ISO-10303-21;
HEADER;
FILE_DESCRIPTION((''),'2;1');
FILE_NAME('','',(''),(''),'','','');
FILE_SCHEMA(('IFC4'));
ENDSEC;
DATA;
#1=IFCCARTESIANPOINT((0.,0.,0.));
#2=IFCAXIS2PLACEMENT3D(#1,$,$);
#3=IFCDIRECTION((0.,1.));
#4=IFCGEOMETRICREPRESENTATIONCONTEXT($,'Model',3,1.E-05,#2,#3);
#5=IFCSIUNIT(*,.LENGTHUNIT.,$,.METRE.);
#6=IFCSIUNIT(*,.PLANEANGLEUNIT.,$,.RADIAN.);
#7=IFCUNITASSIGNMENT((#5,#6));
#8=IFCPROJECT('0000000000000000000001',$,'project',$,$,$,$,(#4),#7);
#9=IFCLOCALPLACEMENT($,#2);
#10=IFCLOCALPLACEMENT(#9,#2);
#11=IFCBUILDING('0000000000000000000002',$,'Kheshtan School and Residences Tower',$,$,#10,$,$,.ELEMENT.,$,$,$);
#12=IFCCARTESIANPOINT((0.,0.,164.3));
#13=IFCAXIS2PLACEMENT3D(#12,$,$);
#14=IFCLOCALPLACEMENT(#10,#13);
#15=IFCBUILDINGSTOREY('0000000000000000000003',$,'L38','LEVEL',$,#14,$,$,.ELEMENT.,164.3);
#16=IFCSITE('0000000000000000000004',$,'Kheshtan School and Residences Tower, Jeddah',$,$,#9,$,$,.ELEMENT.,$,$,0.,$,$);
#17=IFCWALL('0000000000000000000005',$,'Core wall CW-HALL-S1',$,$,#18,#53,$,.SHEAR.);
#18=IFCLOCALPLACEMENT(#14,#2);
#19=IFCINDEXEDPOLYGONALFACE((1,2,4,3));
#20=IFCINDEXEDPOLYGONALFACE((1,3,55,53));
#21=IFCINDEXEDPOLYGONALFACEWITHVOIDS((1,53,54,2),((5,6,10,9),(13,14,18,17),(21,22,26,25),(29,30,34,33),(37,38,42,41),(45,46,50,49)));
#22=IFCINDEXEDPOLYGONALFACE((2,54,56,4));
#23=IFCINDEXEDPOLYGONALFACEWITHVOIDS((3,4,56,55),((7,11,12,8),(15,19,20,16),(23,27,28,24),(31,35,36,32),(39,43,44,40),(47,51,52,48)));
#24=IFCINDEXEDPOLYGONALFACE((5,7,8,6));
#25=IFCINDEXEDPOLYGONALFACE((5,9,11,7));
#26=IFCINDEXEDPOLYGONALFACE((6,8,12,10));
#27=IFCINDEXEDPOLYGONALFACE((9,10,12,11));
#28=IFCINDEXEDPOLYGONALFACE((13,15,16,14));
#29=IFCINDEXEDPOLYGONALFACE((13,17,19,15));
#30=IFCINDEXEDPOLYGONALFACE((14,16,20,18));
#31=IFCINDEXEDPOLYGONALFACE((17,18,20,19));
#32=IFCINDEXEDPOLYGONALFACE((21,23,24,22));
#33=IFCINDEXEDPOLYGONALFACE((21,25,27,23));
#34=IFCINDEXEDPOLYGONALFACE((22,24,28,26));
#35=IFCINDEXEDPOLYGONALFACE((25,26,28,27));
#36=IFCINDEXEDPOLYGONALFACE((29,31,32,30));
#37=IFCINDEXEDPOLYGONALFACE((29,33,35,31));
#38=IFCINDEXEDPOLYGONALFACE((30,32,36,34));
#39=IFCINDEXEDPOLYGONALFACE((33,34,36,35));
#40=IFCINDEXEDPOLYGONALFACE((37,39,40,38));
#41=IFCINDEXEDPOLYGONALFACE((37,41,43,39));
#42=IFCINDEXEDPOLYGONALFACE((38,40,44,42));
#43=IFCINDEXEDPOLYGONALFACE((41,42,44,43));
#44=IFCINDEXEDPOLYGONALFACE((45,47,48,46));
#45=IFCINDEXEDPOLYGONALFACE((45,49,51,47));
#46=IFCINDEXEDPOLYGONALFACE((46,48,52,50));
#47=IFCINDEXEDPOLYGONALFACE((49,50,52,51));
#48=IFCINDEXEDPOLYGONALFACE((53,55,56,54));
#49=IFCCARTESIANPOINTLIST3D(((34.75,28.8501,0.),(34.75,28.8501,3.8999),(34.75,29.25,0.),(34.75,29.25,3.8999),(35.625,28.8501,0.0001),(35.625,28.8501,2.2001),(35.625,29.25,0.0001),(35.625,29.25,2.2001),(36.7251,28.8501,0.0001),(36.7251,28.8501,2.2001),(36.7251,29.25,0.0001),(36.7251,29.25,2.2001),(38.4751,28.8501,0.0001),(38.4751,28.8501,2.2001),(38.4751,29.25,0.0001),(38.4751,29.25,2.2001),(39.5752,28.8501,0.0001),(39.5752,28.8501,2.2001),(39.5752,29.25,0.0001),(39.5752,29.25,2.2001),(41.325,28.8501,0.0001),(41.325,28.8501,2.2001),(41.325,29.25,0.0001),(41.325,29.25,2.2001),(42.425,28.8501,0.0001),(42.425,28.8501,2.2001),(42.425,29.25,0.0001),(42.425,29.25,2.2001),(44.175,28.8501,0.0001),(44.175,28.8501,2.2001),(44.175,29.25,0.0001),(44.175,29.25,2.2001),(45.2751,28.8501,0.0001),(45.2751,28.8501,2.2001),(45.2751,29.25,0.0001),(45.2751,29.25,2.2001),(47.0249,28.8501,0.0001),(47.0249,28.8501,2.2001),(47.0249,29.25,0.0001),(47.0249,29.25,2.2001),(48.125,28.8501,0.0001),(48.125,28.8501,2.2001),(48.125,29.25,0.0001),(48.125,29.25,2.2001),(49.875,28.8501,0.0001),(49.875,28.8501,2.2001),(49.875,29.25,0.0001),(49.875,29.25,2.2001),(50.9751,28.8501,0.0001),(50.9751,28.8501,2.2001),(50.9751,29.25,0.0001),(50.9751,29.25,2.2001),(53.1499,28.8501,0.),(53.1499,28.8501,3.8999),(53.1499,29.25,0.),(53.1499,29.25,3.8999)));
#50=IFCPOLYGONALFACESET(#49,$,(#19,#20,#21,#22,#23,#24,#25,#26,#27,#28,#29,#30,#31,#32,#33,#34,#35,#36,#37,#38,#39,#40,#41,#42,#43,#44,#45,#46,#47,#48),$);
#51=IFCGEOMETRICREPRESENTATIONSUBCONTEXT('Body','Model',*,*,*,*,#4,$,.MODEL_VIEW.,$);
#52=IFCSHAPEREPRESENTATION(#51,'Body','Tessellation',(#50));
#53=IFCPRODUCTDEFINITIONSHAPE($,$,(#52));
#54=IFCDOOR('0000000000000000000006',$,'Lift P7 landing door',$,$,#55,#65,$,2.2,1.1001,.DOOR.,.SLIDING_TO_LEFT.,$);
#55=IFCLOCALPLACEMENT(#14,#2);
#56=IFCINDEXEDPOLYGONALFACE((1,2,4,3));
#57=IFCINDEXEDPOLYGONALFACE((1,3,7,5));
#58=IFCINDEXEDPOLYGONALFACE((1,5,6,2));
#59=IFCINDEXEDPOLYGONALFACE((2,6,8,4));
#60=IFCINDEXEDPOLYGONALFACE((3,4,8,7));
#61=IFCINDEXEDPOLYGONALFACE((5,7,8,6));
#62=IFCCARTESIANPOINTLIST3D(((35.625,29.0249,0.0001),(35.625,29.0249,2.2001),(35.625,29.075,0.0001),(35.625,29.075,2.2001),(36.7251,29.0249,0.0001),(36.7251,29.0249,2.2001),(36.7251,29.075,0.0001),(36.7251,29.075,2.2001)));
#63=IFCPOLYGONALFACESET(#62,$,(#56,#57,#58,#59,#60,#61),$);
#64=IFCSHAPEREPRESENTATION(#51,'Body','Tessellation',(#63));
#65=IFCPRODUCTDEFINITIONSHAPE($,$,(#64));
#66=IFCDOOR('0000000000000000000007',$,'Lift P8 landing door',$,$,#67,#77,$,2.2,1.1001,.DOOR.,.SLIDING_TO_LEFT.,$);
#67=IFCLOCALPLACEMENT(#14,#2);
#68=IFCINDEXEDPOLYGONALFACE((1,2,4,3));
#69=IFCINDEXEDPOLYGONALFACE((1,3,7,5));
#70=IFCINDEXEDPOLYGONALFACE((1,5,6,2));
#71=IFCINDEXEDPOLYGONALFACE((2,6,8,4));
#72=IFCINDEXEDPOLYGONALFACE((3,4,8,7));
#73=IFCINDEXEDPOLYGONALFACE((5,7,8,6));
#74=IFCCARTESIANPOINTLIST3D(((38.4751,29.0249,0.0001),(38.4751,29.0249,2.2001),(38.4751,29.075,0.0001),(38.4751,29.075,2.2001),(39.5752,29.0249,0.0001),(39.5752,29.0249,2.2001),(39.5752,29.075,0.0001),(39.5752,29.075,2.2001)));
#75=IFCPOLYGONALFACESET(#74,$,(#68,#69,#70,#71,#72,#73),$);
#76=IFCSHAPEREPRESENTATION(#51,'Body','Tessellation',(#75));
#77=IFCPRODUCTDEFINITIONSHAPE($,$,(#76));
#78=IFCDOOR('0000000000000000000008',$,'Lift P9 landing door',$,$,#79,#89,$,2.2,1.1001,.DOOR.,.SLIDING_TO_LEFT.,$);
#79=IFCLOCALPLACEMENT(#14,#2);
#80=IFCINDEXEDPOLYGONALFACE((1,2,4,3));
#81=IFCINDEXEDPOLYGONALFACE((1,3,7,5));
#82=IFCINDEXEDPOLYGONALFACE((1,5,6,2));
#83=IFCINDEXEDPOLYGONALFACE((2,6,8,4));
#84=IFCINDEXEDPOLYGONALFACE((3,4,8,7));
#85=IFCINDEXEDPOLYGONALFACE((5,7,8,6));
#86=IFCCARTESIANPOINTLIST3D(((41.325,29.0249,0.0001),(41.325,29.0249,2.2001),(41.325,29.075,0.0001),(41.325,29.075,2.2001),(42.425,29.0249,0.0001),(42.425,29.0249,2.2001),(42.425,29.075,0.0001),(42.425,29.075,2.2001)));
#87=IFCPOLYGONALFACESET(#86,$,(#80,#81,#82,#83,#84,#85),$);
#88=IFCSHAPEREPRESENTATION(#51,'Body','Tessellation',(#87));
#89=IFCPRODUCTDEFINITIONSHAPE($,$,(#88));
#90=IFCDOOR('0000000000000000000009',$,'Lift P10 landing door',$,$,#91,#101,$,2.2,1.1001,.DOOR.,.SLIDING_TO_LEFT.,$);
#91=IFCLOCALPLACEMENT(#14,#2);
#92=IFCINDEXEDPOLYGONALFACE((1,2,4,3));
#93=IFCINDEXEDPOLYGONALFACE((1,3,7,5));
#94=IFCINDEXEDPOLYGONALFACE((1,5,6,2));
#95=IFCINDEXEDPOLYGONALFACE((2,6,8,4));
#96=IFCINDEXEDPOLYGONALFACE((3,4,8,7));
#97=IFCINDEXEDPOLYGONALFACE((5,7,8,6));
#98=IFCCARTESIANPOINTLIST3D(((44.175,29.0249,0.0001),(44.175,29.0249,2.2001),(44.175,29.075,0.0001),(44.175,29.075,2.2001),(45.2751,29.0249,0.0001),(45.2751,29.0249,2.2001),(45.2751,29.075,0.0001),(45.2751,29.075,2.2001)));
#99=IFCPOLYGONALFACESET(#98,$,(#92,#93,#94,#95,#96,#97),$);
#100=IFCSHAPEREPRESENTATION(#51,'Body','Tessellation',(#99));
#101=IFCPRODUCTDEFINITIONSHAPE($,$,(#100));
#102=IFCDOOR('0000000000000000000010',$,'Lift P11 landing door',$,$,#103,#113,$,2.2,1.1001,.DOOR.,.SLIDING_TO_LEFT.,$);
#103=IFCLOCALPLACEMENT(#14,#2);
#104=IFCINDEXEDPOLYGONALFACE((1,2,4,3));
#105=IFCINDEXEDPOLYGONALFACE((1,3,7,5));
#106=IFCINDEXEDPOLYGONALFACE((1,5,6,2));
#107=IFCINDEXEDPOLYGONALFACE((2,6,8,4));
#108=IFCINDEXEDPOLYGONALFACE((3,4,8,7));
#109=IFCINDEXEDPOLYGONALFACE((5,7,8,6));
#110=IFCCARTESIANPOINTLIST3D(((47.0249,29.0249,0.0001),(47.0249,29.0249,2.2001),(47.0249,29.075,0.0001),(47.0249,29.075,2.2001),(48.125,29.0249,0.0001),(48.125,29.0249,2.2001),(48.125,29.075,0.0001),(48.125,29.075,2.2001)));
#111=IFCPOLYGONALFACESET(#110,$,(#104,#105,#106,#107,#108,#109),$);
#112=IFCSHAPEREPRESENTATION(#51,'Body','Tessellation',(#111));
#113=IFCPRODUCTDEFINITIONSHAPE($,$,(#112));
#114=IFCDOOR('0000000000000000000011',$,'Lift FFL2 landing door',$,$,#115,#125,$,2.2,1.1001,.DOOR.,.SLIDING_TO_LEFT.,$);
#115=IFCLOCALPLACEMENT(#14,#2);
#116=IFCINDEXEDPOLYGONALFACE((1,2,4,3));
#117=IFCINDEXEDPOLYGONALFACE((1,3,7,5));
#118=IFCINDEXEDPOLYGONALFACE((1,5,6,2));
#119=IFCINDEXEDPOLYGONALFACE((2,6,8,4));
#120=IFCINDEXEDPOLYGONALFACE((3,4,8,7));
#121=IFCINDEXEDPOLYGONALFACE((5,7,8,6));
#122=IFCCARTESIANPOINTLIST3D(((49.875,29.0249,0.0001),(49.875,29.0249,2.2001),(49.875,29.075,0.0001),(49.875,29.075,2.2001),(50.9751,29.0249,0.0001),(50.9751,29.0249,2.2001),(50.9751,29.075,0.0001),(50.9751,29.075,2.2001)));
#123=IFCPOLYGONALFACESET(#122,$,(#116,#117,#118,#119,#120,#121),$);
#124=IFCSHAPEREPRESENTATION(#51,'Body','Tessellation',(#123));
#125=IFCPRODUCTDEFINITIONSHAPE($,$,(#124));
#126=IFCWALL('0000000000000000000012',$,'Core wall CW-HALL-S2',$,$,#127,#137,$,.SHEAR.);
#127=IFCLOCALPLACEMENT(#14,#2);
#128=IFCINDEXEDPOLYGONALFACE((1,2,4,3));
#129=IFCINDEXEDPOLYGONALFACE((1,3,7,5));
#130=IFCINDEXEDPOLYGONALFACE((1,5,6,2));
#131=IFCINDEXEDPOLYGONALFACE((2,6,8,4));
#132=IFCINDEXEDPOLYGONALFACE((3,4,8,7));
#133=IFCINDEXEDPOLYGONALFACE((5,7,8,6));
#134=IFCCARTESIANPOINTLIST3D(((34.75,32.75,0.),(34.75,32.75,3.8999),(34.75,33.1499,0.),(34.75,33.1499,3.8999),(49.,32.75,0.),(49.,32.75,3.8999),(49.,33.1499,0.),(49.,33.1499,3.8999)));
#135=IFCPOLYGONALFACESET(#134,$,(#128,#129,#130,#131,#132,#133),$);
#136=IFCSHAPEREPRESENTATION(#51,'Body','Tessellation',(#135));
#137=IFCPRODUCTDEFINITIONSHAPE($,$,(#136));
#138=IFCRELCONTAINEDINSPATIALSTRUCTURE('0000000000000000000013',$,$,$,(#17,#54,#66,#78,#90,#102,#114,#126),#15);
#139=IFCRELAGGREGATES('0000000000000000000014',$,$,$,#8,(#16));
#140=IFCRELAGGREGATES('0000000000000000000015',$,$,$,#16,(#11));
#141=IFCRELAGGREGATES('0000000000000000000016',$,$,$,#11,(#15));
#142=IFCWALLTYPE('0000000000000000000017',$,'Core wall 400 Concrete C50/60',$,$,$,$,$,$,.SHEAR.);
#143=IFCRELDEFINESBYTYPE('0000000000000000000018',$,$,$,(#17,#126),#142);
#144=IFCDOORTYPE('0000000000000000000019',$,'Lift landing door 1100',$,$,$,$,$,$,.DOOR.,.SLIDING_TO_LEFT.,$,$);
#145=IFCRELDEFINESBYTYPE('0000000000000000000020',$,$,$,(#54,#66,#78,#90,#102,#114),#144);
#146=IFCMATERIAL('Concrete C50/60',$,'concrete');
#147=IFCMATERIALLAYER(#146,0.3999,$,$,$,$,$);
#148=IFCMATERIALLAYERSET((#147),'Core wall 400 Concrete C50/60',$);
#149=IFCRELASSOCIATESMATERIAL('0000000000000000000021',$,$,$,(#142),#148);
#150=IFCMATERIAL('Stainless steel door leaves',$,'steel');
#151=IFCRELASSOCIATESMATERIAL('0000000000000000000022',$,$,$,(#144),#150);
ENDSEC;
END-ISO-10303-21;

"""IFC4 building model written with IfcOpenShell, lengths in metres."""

from ifc_helpers import new_model, si_unit, direction, frame, frame_2d, origin, place, context, subcontext, project, spatial, rectangle, extrude, source, transform, mapped, material, layer, layer_set, type_object, element, fill, save


model = new_model("IFC4")

# Units and contexts
model_context = context("Model", 3, precision=1e-05, world=origin(), true_north=direction((0.0, 1.0)))
body_context = subcontext(model_context, "Body", "Model", "MODEL_VIEW")
ifc_project = project(units=[si_unit("LENGTHUNIT", "METRE"), si_unit("PLANEANGLEUNIT", "RADIAN")], contexts=[model_context])

# Site, building, storey
site_placement = place(None, origin())
site = spatial("IfcSite", under=ifc_project, at=site_placement, Name="Kheshtan School and Residences Tower, Jeddah", CompositionType="ELEMENT", RefElevation=0.0)
building_placement = place(site_placement, origin())
building = spatial("IfcBuilding", under=site, at=building_placement, Name="Kheshtan School and Residences Tower", CompositionType="ELEMENT")
storey_placement = place(building_placement, frame((0.0, 0.0, 164.3)))
storey = spatial("IfcBuildingStorey", under=building, at=storey_placement, Name="L38", Description="LEVEL", CompositionType="ELEMENT", Elevation=164.3)

# Wall, openings, doors
ifc_material_1 = material(Name="Concrete C50/60", Category="concrete")
ifc_layer_1 = layer(ifc_material_1, 0.3999)
ifc_layer_set_1 = layer_set([ifc_layer_1], Name="Core wall 400 Concrete C50/60")
wall_type_1 = type_object("IfcWallType", Name="Core wall 400 Concrete C50/60", PredefinedType="SHEAR", material=ifc_layer_set_1)
wall_1_placement = place(storey_placement, frame((34.75, 29.05, 0.0), z_axis=(0.0, 0.0, 1.0), x_axis=(1.0, 0.0, 0.0)))
wall_1 = element("IfcWall", 1, at=wall_1_placement, inside=storey, type_object=wall_type_1, Name="Core wall CW-HALL-S1", PredefinedType="SHEAR", context=body_context, shape_type="SweptSolid", body=[
    extrude(rectangle(XDim=18.3999, YDim=0.3999, at=frame_2d((9.2, 0.0))), origin(), (0.0, 0.0, 1.0), 3.8999),
])
opening_1_placement = place(wall_1_placement, frame((0.875, 0.0, 0.0)))
opening_1 = element("IfcOpeningElement", 2, at=opening_1_placement, cuts=wall_1, PredefinedType="OPENING", context=body_context, shape_type="SweptSolid", body=[
    extrude(rectangle(XDim=1.1001, YDim=2.2, at=frame_2d((0.55, 1.1001))), frame((0.0, 0.21, 0.0), z_axis=(0.0, -1.0, 0.0), x_axis=(1.0, 0.0, 0.0)), (0.0, 0.0, 1.0), 0.4199),
])
opening_2_placement = place(wall_1_placement, frame((3.7251, 0.0, 0.0)))
opening_2 = element("IfcOpeningElement", 3, at=opening_2_placement, cuts=wall_1, PredefinedType="OPENING", context=body_context, shape_type="SweptSolid", body=[
    extrude(rectangle(XDim=1.1001, YDim=2.2, at=frame_2d((0.55, 1.1001))), frame((0.0, 0.21, 0.0), z_axis=(0.0, -1.0, 0.0), x_axis=(1.0, 0.0, 0.0)), (0.0, 0.0, 1.0), 0.4199),
])
opening_3_placement = place(wall_1_placement, frame((6.575, 0.0, 0.0)))
opening_3 = element("IfcOpeningElement", 4, at=opening_3_placement, cuts=wall_1, PredefinedType="OPENING", context=body_context, shape_type="SweptSolid", body=[
    extrude(rectangle(XDim=1.1001, YDim=2.2, at=frame_2d((0.55, 1.1001))), frame((0.0, 0.21, 0.0), z_axis=(0.0, -1.0, 0.0), x_axis=(1.0, 0.0, 0.0)), (0.0, 0.0, 1.0), 0.4199),
])
opening_4_placement = place(wall_1_placement, frame((9.425, 0.0, 0.0)))
opening_4 = element("IfcOpeningElement", 5, at=opening_4_placement, cuts=wall_1, PredefinedType="OPENING", context=body_context, shape_type="SweptSolid", body=[
    extrude(rectangle(XDim=1.1001, YDim=2.2, at=frame_2d((0.55, 1.1001))), frame((0.0, 0.21, 0.0), z_axis=(0.0, -1.0, 0.0), x_axis=(1.0, 0.0, 0.0)), (0.0, 0.0, 1.0), 0.4199),
])
opening_5_placement = place(wall_1_placement, frame((12.2749, 0.0, 0.0)))
opening_5 = element("IfcOpeningElement", 6, at=opening_5_placement, cuts=wall_1, PredefinedType="OPENING", context=body_context, shape_type="SweptSolid", body=[
    extrude(rectangle(XDim=1.1001, YDim=2.2, at=frame_2d((0.55, 1.1001))), frame((0.0, 0.21, 0.0), z_axis=(0.0, -1.0, 0.0), x_axis=(1.0, 0.0, 0.0)), (0.0, 0.0, 1.0), 0.4199),
])
opening_6_placement = place(wall_1_placement, frame((15.125, 0.0, 0.0)))
opening_6 = element("IfcOpeningElement", 7, at=opening_6_placement, cuts=wall_1, PredefinedType="OPENING", context=body_context, shape_type="SweptSolid", body=[
    extrude(rectangle(XDim=1.1001, YDim=2.2, at=frame_2d((0.55, 1.1001))), frame((0.0, 0.21, 0.0), z_axis=(0.0, -1.0, 0.0), x_axis=(1.0, 0.0, 0.0)), (0.0, 0.0, 1.0), 0.4199),
])
ifc_material_2 = material(Name="Stainless steel door leaves", Category="steel")
door_type_1 = type_object("IfcDoorType", Name="Lift landing door 1100", OperationType="SLIDING_TO_LEFT", PredefinedType="DOOR", material=ifc_material_2)
shared_shape_1 = source(origin(), body_context, "Body", "SweptSolid", [
    extrude(rectangle(XDim=1.1001, YDim=2.2, at=frame_2d((0.55, 1.1001))), frame((0.0, 0.0249, 0.0), z_axis=(0.0, -1.0, 0.0), x_axis=(1.0, 0.0, 0.0)), (0.0, 0.0, 1.0), 0.05),
])
door_1_placement = place(opening_1_placement, origin())
door_1 = element("IfcDoor", 8, at=door_1_placement, inside=storey, type_object=door_type_1, Name="Lift P7 landing door", OperationType="SLIDING_TO_LEFT", OverallHeight=2.2, OverallWidth=1.1001, PredefinedType="DOOR", context=body_context, shape_type="MappedRepresentation", body=[
    mapped(shared_shape_1, transform((0.0, 0.0, 0.0), x_axis=(1.0, 0.0, 0.0), y_axis=(0.0, 1.0, 0.0), z_axis=(0.0, 0.0, 1.0), scale=1.0)),
])
fill(opening_1, door_1)
door_2_placement = place(opening_2_placement, origin())
door_2 = element("IfcDoor", 9, at=door_2_placement, inside=storey, type_object=door_type_1, Name="Lift P8 landing door", OperationType="SLIDING_TO_LEFT", OverallHeight=2.2, OverallWidth=1.1001, PredefinedType="DOOR", context=body_context, shape_type="MappedRepresentation", body=[
    mapped(shared_shape_1, transform((0.0, 0.0, 0.0), x_axis=(1.0, 0.0, 0.0), y_axis=(0.0, 1.0, 0.0), z_axis=(0.0, 0.0, 1.0), scale=1.0)),
])
fill(opening_2, door_2)
door_3_placement = place(opening_3_placement, origin())
door_3 = element("IfcDoor", 10, at=door_3_placement, inside=storey, type_object=door_type_1, Name="Lift P9 landing door", OperationType="SLIDING_TO_LEFT", OverallHeight=2.2, OverallWidth=1.1001, PredefinedType="DOOR", context=body_context, shape_type="MappedRepresentation", body=[
    mapped(shared_shape_1, transform((0.0, 0.0, 0.0), x_axis=(1.0, 0.0, 0.0), y_axis=(0.0, 1.0, 0.0), z_axis=(0.0, 0.0, 1.0), scale=1.0)),
])
fill(opening_3, door_3)
door_4_placement = place(opening_4_placement, origin())
door_4 = element("IfcDoor", 11, at=door_4_placement, inside=storey, type_object=door_type_1, Name="Lift P10 landing door", OperationType="SLIDING_TO_LEFT", OverallHeight=2.2, OverallWidth=1.1001, PredefinedType="DOOR", context=body_context, shape_type="MappedRepresentation", body=[
    mapped(shared_shape_1, transform((0.0, 0.0, 0.0), x_axis=(1.0, 0.0, 0.0), y_axis=(0.0, 1.0, 0.0), z_axis=(0.0, 0.0, 1.0), scale=1.0)),
])
fill(opening_4, door_4)
door_5_placement = place(opening_5_placement, origin())
door_5 = element("IfcDoor", 12, at=door_5_placement, inside=storey, type_object=door_type_1, Name="Lift P11 landing door", OperationType="SLIDING_TO_LEFT", OverallHeight=2.2, OverallWidth=1.1001, PredefinedType="DOOR", context=body_context, shape_type="MappedRepresentation", body=[
    mapped(shared_shape_1, transform((0.0, 0.0, 0.0), x_axis=(1.0, 0.0, 0.0), y_axis=(0.0, 1.0, 0.0), z_axis=(0.0, 0.0, 1.0), scale=1.0)),
])
fill(opening_5, door_5)
door_6_placement = place(opening_6_placement, origin())
door_6 = element("IfcDoor", 13, at=door_6_placement, inside=storey, type_object=door_type_1, Name="Lift FFL2 landing door", OperationType="SLIDING_TO_LEFT", OverallHeight=2.2, OverallWidth=1.1001, PredefinedType="DOOR", context=body_context, shape_type="MappedRepresentation", body=[
    mapped(shared_shape_1, transform((0.0, 0.0, 0.0), x_axis=(1.0, 0.0, 0.0), y_axis=(0.0, 1.0, 0.0), z_axis=(0.0, 0.0, 1.0), scale=1.0)),
])
fill(opening_6, door_6)

# Wall
wall_2_placement = place(storey_placement, frame((34.75, 32.95, 0.0), z_axis=(0.0, 0.0, 1.0), x_axis=(1.0, 0.0, 0.0)))
element("IfcWall", 14, at=wall_2_placement, inside=storey, type_object=wall_type_1, Name="Core wall CW-HALL-S2", PredefinedType="SHEAR", context=body_context, shape_type="SweptSolid", body=[
    extrude(rectangle(XDim=14.25, YDim=0.3999, at=frame_2d((7.125, 0.0))), origin(), (0.0, 0.0, 1.0), 3.8999),
])

save(model, "model.ifc")
